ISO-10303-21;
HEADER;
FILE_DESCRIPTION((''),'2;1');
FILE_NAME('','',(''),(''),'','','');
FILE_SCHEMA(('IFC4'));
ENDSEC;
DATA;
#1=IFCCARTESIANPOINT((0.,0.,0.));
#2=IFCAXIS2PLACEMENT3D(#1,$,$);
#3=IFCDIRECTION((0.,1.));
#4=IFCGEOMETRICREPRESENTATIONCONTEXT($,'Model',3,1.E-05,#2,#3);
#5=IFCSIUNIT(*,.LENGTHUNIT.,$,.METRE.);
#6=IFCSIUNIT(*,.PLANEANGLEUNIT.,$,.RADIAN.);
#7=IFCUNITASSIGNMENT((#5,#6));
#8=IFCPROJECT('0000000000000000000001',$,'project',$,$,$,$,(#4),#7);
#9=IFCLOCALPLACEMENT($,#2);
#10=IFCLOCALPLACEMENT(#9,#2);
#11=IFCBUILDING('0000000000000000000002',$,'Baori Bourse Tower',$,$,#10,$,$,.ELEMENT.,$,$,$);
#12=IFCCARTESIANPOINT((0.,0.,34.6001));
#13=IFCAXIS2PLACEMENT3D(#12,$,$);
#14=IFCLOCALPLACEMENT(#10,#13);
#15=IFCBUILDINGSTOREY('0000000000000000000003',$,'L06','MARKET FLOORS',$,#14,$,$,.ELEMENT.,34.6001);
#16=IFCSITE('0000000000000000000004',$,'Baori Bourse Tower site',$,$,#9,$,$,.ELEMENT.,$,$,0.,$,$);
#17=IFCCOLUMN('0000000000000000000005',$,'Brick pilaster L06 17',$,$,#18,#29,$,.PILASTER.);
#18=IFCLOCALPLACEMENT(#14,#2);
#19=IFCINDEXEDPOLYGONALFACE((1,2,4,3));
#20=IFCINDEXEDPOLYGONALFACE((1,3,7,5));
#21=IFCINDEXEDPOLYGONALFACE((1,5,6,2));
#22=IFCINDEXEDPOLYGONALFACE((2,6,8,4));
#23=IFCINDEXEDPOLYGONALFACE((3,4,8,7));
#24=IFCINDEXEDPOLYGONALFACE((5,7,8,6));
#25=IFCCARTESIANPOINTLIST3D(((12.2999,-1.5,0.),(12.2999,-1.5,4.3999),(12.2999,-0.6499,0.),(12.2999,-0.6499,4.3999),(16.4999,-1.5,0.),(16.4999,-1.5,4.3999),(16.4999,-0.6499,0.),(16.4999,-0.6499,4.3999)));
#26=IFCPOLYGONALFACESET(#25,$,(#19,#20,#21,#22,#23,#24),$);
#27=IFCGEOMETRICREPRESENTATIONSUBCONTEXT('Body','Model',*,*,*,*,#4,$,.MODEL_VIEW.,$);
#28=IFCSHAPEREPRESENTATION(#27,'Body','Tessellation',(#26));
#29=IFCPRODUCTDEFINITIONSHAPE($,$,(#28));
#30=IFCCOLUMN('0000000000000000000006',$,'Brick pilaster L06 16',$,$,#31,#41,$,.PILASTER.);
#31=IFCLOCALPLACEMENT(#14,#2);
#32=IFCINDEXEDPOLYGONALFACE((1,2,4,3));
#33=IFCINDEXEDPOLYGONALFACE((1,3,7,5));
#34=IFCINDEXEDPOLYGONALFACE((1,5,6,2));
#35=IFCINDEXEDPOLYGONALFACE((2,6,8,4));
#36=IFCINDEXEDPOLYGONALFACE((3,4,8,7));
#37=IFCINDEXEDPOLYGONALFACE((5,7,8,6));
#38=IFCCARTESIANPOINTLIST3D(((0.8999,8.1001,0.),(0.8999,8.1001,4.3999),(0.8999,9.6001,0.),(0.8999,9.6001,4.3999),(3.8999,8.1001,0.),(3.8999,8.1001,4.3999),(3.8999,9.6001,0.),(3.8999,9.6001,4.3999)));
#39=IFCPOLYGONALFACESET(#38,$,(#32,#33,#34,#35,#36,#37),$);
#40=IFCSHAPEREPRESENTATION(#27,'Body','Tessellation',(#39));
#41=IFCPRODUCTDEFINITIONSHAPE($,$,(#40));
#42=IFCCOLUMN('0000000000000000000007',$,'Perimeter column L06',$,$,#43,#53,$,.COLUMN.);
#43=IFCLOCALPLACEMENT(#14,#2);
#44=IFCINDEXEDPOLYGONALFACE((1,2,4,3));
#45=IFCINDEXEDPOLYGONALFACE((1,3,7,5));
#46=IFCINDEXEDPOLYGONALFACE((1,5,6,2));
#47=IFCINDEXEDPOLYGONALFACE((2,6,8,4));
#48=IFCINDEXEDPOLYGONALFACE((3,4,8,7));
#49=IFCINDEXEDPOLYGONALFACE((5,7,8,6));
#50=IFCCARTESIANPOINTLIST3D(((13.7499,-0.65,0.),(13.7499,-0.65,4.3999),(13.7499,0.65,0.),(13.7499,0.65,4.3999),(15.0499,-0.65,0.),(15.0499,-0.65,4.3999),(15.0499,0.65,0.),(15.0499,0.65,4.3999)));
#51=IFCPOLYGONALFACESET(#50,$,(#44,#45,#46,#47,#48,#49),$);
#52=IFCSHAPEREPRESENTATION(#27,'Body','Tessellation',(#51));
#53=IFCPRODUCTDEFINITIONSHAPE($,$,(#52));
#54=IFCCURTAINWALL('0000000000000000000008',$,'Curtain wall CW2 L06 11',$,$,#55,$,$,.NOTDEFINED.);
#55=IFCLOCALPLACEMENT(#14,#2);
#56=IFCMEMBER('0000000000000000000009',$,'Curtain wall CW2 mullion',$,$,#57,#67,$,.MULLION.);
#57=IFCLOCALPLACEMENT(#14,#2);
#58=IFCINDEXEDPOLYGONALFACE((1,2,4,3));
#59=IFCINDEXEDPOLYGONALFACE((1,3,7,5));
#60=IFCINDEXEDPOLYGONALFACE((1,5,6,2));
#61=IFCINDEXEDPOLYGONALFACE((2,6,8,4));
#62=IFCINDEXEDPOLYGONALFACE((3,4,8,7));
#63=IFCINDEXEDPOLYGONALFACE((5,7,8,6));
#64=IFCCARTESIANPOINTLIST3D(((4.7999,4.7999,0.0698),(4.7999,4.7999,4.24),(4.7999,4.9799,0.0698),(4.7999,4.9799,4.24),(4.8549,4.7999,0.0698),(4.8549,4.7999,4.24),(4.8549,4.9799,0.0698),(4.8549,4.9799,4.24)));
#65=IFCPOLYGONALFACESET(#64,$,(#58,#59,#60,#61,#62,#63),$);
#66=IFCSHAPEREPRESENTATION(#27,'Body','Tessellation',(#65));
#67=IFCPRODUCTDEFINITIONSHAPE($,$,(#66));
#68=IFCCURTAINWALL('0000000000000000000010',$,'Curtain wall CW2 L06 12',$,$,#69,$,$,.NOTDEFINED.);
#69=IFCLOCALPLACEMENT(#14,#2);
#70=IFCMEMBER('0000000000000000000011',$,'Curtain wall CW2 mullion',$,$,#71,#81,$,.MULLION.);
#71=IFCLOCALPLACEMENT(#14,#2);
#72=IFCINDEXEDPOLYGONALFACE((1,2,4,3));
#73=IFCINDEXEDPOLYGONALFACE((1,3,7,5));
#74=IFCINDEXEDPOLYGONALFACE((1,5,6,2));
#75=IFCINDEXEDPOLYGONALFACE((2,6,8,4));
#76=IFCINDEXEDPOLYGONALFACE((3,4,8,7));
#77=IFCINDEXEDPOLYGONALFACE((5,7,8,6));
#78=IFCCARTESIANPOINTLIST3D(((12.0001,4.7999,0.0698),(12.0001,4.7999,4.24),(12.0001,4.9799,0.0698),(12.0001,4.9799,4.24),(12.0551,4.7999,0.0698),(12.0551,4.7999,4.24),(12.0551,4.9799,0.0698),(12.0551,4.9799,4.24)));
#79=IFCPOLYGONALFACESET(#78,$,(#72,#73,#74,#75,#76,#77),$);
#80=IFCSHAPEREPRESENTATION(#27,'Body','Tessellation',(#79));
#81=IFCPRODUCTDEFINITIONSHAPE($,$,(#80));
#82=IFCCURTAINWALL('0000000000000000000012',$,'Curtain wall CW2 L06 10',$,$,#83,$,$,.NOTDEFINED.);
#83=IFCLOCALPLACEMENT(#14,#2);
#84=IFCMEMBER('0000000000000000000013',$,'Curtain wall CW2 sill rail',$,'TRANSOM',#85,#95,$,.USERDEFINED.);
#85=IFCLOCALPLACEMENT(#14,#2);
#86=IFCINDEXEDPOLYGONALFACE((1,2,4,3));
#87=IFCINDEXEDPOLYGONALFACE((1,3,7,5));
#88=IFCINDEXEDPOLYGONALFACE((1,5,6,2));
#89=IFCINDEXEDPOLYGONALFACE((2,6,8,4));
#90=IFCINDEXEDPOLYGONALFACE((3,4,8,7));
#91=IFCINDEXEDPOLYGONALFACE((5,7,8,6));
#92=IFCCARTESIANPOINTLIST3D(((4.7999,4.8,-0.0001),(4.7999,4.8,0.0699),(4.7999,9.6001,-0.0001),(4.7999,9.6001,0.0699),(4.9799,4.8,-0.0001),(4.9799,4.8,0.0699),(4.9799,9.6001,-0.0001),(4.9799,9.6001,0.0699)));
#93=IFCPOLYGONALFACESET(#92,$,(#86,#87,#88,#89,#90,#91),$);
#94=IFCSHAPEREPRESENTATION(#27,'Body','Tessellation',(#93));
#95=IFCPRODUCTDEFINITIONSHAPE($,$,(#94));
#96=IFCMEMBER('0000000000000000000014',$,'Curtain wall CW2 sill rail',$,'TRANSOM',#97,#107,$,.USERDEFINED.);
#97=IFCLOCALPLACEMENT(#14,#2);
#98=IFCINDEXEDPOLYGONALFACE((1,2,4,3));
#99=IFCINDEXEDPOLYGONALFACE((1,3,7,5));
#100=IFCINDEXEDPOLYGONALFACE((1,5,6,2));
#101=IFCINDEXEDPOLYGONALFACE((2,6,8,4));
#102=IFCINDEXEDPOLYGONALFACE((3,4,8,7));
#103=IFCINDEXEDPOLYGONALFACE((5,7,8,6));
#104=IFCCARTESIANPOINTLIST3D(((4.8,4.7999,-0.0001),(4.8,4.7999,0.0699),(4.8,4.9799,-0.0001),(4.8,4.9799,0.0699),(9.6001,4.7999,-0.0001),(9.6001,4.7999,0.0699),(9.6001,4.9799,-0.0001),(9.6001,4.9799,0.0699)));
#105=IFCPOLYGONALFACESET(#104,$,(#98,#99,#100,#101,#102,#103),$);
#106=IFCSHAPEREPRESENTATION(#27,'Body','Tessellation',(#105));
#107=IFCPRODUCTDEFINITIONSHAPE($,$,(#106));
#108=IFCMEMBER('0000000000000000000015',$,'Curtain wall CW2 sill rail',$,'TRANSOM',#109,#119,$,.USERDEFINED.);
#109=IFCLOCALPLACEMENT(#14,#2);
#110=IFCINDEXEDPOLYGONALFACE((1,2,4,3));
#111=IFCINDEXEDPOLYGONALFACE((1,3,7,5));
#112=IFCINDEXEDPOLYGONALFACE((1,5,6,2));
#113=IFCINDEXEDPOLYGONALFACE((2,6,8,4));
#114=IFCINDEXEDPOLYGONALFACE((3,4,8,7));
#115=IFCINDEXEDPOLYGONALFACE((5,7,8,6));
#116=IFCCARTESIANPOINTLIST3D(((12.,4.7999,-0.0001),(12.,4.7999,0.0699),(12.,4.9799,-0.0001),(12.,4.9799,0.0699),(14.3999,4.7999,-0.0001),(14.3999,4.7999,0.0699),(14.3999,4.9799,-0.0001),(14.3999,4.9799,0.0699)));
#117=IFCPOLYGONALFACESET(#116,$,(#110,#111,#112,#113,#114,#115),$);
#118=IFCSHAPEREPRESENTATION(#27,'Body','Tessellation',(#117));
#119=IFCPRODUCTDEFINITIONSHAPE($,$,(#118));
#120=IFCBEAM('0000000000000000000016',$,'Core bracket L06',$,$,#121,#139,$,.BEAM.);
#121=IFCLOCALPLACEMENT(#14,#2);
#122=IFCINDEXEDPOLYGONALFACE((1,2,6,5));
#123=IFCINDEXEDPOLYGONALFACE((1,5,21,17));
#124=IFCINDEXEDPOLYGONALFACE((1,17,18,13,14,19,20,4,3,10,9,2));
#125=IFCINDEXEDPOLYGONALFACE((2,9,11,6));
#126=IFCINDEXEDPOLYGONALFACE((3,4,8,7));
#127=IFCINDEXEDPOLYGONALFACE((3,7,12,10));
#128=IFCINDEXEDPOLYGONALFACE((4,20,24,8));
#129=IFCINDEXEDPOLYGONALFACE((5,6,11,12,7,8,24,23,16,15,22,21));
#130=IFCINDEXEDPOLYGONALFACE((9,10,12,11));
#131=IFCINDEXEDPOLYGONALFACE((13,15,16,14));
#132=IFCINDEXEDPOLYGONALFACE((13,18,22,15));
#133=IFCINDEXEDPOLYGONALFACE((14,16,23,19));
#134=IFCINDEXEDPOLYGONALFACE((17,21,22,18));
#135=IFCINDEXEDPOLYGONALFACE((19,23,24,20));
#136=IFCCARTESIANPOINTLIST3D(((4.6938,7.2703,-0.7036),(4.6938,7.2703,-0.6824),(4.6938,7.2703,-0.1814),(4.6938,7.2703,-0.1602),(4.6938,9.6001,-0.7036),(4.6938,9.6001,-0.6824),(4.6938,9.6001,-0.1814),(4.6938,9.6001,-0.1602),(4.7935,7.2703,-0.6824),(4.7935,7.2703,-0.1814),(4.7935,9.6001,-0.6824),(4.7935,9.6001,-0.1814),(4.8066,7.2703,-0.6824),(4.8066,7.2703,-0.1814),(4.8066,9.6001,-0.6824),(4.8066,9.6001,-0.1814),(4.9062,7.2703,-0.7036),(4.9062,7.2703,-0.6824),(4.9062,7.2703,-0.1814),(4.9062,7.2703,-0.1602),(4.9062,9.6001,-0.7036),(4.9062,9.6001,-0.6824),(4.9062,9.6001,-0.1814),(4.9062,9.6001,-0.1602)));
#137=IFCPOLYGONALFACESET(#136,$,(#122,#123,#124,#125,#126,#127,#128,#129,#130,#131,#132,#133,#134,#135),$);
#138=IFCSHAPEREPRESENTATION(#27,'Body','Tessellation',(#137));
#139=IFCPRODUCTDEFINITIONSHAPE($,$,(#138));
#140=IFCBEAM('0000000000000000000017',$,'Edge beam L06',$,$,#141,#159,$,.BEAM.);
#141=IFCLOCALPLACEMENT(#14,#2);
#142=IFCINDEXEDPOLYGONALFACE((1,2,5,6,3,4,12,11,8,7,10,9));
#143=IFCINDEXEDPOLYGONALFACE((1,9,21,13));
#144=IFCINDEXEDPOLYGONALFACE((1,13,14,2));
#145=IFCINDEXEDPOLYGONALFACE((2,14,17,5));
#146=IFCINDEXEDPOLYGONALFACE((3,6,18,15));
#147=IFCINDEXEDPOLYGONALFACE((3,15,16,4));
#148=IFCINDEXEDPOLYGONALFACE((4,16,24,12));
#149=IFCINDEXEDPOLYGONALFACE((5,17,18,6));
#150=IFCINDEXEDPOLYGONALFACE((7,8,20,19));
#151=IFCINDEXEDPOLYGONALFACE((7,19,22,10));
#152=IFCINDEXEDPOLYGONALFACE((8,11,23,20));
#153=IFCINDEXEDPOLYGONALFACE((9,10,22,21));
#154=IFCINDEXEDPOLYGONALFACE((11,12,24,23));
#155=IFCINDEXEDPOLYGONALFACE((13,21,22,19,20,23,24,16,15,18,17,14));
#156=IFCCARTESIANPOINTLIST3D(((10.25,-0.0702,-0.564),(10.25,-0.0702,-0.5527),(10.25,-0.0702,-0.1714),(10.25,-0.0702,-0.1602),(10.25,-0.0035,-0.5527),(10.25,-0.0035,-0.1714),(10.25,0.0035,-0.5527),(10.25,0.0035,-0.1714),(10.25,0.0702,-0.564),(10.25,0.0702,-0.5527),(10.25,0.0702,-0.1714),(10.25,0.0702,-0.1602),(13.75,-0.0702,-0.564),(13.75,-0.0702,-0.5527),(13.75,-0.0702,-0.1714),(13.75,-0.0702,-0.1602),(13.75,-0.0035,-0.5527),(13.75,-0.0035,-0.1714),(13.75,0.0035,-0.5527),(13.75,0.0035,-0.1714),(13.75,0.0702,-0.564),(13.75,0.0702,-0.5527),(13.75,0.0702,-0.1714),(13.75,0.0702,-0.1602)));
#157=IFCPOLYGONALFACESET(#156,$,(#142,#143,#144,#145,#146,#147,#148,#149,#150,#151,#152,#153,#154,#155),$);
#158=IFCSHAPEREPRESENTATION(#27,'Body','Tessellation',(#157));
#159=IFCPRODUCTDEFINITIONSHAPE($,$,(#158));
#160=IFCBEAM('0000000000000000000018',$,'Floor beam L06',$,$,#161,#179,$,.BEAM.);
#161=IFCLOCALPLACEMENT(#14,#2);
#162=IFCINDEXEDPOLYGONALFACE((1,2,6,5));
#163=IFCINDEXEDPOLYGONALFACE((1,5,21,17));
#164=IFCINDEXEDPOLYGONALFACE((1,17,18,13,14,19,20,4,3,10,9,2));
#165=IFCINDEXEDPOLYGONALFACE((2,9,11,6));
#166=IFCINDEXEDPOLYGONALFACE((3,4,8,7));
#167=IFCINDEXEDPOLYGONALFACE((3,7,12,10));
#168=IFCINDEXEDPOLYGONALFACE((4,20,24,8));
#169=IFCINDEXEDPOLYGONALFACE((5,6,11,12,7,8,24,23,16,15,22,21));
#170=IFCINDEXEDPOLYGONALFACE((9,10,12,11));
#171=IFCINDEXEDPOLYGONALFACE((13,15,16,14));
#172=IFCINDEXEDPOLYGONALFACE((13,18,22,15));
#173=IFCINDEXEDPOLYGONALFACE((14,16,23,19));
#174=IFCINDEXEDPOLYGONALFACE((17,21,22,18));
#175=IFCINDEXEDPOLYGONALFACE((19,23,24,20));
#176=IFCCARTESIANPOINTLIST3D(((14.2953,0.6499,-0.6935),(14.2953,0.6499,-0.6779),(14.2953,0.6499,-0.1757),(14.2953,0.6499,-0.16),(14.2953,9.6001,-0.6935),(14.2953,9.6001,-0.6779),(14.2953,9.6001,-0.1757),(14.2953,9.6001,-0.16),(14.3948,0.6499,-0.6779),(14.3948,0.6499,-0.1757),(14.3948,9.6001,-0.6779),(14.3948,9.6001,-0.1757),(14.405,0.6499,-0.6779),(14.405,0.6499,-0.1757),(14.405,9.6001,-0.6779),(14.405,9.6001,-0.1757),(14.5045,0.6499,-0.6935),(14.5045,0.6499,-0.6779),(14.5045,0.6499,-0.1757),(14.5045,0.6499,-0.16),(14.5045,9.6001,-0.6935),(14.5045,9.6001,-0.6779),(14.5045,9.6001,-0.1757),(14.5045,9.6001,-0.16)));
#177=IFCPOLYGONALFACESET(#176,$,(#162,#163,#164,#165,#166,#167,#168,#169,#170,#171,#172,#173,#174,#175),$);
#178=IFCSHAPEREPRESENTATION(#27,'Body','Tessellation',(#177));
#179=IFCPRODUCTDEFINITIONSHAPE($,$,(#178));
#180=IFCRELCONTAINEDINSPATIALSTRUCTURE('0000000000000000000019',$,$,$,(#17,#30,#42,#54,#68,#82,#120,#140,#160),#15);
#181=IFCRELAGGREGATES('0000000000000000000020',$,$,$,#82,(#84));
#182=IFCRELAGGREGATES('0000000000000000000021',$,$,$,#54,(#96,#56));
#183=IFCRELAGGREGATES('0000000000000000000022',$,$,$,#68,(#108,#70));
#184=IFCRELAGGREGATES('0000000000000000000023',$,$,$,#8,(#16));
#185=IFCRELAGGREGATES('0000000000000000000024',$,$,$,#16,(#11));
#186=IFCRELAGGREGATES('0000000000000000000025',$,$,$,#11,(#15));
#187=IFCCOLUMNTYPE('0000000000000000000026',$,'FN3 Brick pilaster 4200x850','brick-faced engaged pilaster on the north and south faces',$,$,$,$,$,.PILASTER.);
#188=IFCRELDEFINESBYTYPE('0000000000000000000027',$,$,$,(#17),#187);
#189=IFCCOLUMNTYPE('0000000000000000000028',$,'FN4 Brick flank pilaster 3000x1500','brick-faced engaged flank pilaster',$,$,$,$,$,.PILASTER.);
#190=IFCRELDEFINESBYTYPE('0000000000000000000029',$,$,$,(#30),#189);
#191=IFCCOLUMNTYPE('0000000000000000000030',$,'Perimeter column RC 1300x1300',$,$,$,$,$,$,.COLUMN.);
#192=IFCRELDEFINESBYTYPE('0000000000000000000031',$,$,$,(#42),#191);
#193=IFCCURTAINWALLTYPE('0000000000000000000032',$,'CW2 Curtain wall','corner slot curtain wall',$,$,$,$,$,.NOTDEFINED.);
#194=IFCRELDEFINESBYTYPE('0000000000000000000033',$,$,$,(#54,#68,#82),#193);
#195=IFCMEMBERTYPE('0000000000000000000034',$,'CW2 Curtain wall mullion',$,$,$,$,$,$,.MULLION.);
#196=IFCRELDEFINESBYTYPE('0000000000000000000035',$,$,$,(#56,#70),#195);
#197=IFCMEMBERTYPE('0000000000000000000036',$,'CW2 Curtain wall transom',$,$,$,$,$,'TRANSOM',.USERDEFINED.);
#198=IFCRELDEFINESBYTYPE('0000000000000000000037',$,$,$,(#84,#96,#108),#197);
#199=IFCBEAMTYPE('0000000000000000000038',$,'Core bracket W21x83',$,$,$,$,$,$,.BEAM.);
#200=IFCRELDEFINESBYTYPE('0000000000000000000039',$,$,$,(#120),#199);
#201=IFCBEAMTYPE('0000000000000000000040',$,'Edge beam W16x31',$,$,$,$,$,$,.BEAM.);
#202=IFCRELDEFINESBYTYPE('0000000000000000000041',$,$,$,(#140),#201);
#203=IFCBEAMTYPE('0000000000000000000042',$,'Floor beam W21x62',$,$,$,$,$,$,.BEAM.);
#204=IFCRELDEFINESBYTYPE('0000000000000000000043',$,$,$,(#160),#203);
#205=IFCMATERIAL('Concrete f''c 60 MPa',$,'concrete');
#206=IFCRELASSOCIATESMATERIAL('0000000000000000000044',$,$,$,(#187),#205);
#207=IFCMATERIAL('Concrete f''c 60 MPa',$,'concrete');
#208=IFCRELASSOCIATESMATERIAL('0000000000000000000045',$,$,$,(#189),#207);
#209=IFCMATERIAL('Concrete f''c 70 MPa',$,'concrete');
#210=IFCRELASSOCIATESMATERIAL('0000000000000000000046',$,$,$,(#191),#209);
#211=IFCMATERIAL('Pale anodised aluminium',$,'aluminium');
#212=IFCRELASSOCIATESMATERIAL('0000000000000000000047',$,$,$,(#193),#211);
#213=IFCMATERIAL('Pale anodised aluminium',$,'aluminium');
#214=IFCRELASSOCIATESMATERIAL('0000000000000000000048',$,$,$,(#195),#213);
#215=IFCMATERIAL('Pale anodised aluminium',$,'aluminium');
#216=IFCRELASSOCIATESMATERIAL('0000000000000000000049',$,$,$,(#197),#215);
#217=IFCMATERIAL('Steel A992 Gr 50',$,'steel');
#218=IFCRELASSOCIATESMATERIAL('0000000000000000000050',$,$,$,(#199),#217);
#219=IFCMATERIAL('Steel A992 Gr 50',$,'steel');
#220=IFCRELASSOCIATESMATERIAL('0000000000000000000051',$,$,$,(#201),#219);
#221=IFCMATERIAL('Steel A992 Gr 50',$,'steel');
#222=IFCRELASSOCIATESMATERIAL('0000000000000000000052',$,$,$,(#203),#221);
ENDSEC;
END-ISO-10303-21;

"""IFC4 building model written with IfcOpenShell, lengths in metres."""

from ifc_helpers import new_model, si_unit, direction, frame, origin, origin_2d, place, context, subcontext, project, spatial, rectangle, i_section, extrude, material, material_profile, profile_set, type_object, element, aggregate, save


model = new_model("IFC4")

# Units and contexts
model_context = context("Model", 3, precision=1e-05, world=origin(), true_north=direction((0.0, 1.0)))
body_context = subcontext(model_context, "Body", "Model", "MODEL_VIEW")
ifc_project = project(units=[si_unit("LENGTHUNIT", "METRE"), si_unit("PLANEANGLEUNIT", "RADIAN")], contexts=[model_context])

# Site, building, storey
site_placement = place(None, origin())
site = spatial("IfcSite", under=ifc_project, at=site_placement, Name="Baori Bourse Tower site", CompositionType="ELEMENT", RefElevation=0.0)
building_placement = place(site_placement, origin())
building = spatial("IfcBuilding", under=site, at=building_placement, Name="Baori Bourse Tower", CompositionType="ELEMENT")
storey_placement = place(building_placement, frame((0.0, 0.0, 34.6001)))
storey = spatial("IfcBuildingStorey", under=building, at=storey_placement, Name="L06", Description="MARKET FLOORS", CompositionType="ELEMENT", Elevation=34.6001)

# Columns
ifc_material_1 = material(Name="Concrete f'c 60 MPa", Category="concrete")
ifc_material_profile_1 = material_profile(ifc_material_1, rectangle(XDim=4.2, YDim=0.8501, at=origin_2d()), Name="RC 4200x850")
ifc_profile_set_1 = profile_set([ifc_material_profile_1], Name="Concrete f'c 60 MPa")
column_type_1 = type_object("IfcColumnType", Name="FN3 Brick pilaster 4200x850", Description="brick-faced engaged pilaster on the north and south faces", PredefinedType="PILASTER", material=ifc_profile_set_1)
column_1_placement = place(storey_placement, frame((14.3999, -1.075, 0.0), z_axis=(0.0, 0.0, 1.0), x_axis=(1.0, 0.0, 0.0)))
element("IfcColumn", 1, at=column_1_placement, inside=storey, type_object=column_type_1, Name="Brick pilaster L06 17", PredefinedType="PILASTER", context=body_context, shape_type="SweptSolid", body=[
    extrude(rectangle(XDim=4.2, YDim=0.8501, at=origin_2d()), origin(), (0.0, 0.0, 1.0), 4.3999),
])
ifc_material_2 = material(Name="Concrete f'c 60 MPa", Category="concrete")
ifc_material_profile_2 = material_profile(ifc_material_2, rectangle(XDim=3.0, YDim=1.5, at=origin_2d()), Name="RC 3000x1500")
ifc_profile_set_2 = profile_set([ifc_material_profile_2], Name="Concrete f'c 60 MPa")
column_type_2 = type_object("IfcColumnType", Name="FN4 Brick flank pilaster 3000x1500", Description="brick-faced engaged flank pilaster", PredefinedType="PILASTER", material=ifc_profile_set_2)
column_2_placement = place(storey_placement, frame((2.3999, 8.8501, 0.0), z_axis=(0.0, 0.0, 1.0), x_axis=(1.0, 0.0, 0.0)))
element("IfcColumn", 2, at=column_2_placement, inside=storey, type_object=column_type_2, Name="Brick pilaster L06 16", PredefinedType="PILASTER", context=body_context, shape_type="SweptSolid", body=[
    extrude(rectangle(XDim=3.0, YDim=1.5, at=origin_2d()), origin(), (0.0, 0.0, 1.0), 4.3999),
])
ifc_material_3 = material(Name="Concrete f'c 70 MPa", Category="concrete")
ifc_material_profile_3 = material_profile(ifc_material_3, rectangle(XDim=1.3, YDim=1.3, at=origin_2d()), Name="RC 1300x1300")
ifc_profile_set_3 = profile_set([ifc_material_profile_3], Name="Concrete f'c 70 MPa")
column_type_3 = type_object("IfcColumnType", Name="Perimeter column RC 1300x1300", PredefinedType="COLUMN", material=ifc_profile_set_3)
column_3_placement = place(storey_placement, frame((14.3999, 0.0, 0.0), z_axis=(0.0, 0.0, 1.0), x_axis=(1.0, 0.0, 0.0)))
element("IfcColumn", 3, at=column_3_placement, inside=storey, type_object=column_type_3, Name="Perimeter column L06", PredefinedType="COLUMN", context=body_context, shape_type="SweptSolid", body=[
    extrude(rectangle(XDim=1.3, YDim=1.3, at=origin_2d()), origin(), (0.0, 0.0, 1.0), 4.3999),
])

# Curtain walls, members
ifc_material_4 = material(Name="Pale anodised aluminium", Category="aluminium")
curtain_wall_type = type_object("IfcCurtainWallType", Name="CW2 Curtain wall", Description="corner slot curtain wall", PredefinedType="NOTDEFINED", material=ifc_material_4)
curtain_wall_1_placement = place(storey_placement, origin())
curtain_wall_1 = element("IfcCurtainWall", 4, at=curtain_wall_1_placement, inside=storey, type_object=curtain_wall_type, Name="Curtain wall CW2 L06 11", PredefinedType="NOTDEFINED")
ifc_material_5 = material(Name="Pale anodised aluminium", Category="aluminium")
ifc_material_profile_4 = material_profile(ifc_material_5, rectangle(XDim=0.1799, YDim=0.0549, at=origin_2d()), Name="Mullion 55x180")
ifc_profile_set_4 = profile_set([ifc_material_profile_4], Name="Pale anodised aluminium")
member_type_1 = type_object("IfcMemberType", Name="CW2 Curtain wall mullion", PredefinedType="MULLION", material=ifc_profile_set_4)
member_1_placement = place(storey_placement, frame((4.8274, 4.8899, 0.0698), z_axis=(0.0, 0.0, 1.0), x_axis=(0.0, 1.0, 0.0)))
member_1 = element("IfcMember", 5, at=member_1_placement, type_object=member_type_1, Name="Curtain wall CW2 mullion", PredefinedType="MULLION", context=body_context, shape_type="SweptSolid", body=[
    extrude(rectangle(XDim=0.1799, YDim=0.0549, at=origin_2d()), origin(), (0.0, 0.0, 1.0), 4.1702),
])
curtain_wall_2_placement = place(storey_placement, origin())
curtain_wall_2 = element("IfcCurtainWall", 6, at=curtain_wall_2_placement, inside=storey, type_object=curtain_wall_type, Name="Curtain wall CW2 L06 12", PredefinedType="NOTDEFINED")
member_2_placement = place(storey_placement, frame((12.0276, 4.8899, 0.0698), z_axis=(0.0, 0.0, 1.0), x_axis=(0.0, 1.0, 0.0)))
member_2 = element("IfcMember", 7, at=member_2_placement, type_object=member_type_1, Name="Curtain wall CW2 mullion", PredefinedType="MULLION", context=body_context, shape_type="SweptSolid", body=[
    extrude(rectangle(XDim=0.1799, YDim=0.0549, at=origin_2d()), origin(), (0.0, 0.0, 1.0), 4.1702),
])
curtain_wall_3_placement = place(storey_placement, origin())
curtain_wall_3 = element("IfcCurtainWall", 8, at=curtain_wall_3_placement, inside=storey, type_object=curtain_wall_type, Name="Curtain wall CW2 L06 10", PredefinedType="NOTDEFINED")
ifc_material_6 = material(Name="Pale anodised aluminium", Category="aluminium")
ifc_material_profile_5 = material_profile(ifc_material_6, rectangle(XDim=0.1799, YDim=0.0701, at=origin_2d()), Name="Transom 70x180")
ifc_profile_set_5 = profile_set([ifc_material_profile_5], Name="Pale anodised aluminium")
member_type_2 = type_object("IfcMemberType", Name="CW2 Curtain wall transom", ElementType="TRANSOM", PredefinedType="USERDEFINED", material=ifc_profile_set_5)
member_3_placement = place(storey_placement, frame((4.8899, 9.6001, 0.0349), z_axis=(0.0, -1.0, 0.0), x_axis=(1.0, 0.0, 0.0)))
member_3 = element("IfcMember", 9, at=member_3_placement, type_object=member_type_2, Name="Curtain wall CW2 sill rail", ObjectType="TRANSOM", PredefinedType="USERDEFINED", context=body_context, shape_type="SweptSolid", body=[
    extrude(rectangle(XDim=0.1799, YDim=0.0701, at=origin_2d()), origin(), (0.0, 0.0, 1.0), 4.8),
])

# Members
member_4_placement = place(storey_placement, frame((4.8, 4.8899, 0.0349), z_axis=(1.0, 0.0, 0.0), x_axis=(0.0, 1.0, 0.0)))
member_4 = element("IfcMember", 10, at=member_4_placement, type_object=member_type_2, Name="Curtain wall CW2 sill rail", ObjectType="TRANSOM", PredefinedType="USERDEFINED", context=body_context, shape_type="SweptSolid", body=[
    extrude(rectangle(XDim=0.1799, YDim=0.0701, at=origin_2d()), origin(), (0.0, 0.0, 1.0), 4.8),
])
member_5_placement = place(storey_placement, frame((12.0, 4.8899, 0.0349), z_axis=(1.0, 0.0, 0.0), x_axis=(0.0, 1.0, 0.0)))
member_5 = element("IfcMember", 11, at=member_5_placement, type_object=member_type_2, Name="Curtain wall CW2 sill rail", ObjectType="TRANSOM", PredefinedType="USERDEFINED", context=body_context, shape_type="SweptSolid", body=[
    extrude(rectangle(XDim=0.1799, YDim=0.0701, at=origin_2d()), origin(), (0.0, 0.0, 1.0), 2.3999),
])

# Beams
ifc_material_7 = material(Name="Steel A992 Gr 50", Category="steel")
ifc_material_profile_6 = material_profile(ifc_material_7, i_section(OverallWidth=0.2124, OverallDepth=0.5435, WebThickness=0.0132, FlangeThickness=0.0212, at=origin_2d()), Name="W21x83")
ifc_profile_set_6 = profile_set([ifc_material_profile_6], Name="Steel A992 Gr 50")
beam_type_1 = type_object("IfcBeamType", Name="Core bracket W21x83", PredefinedType="BEAM", material=ifc_profile_set_6)
beam_1_placement = place(storey_placement, frame((4.8, 7.2703, -0.4319), z_axis=(0.0, 1.0, 0.0), x_axis=(-1.0, 0.0, 0.0)))
element("IfcBeam", 12, at=beam_1_placement, inside=storey, type_object=beam_type_1, Name="Core bracket L06", PredefinedType="BEAM", context=body_context, shape_type="SweptSolid", body=[
    extrude(i_section(OverallWidth=0.2124, OverallDepth=0.5435, WebThickness=0.0132, FlangeThickness=0.0212, at=origin_2d()), origin(), (0.0, 0.0, 1.0), 2.3298),
])
ifc_material_8 = material(Name="Steel A992 Gr 50", Category="steel")
ifc_material_profile_7 = material_profile(ifc_material_8, i_section(OverallWidth=0.1404, OverallDepth=0.4038, WebThickness=0.0071, FlangeThickness=0.0112, at=origin_2d()), Name="W16x31")
ifc_profile_set_7 = profile_set([ifc_material_profile_7], Name="Steel A992 Gr 50")
beam_type_2 = type_object("IfcBeamType", Name="Edge beam W16x31", PredefinedType="BEAM", material=ifc_profile_set_7)
beam_2_placement = place(storey_placement, frame((10.25, 0.0, -0.3621), z_axis=(1.0, 0.0, 0.0), x_axis=(0.0, 1.0, 0.0)))
element("IfcBeam", 13, at=beam_2_placement, inside=storey, type_object=beam_type_2, Name="Edge beam L06", PredefinedType="BEAM", context=body_context, shape_type="SweptSolid", body=[
    extrude(i_section(OverallWidth=0.1404, OverallDepth=0.4038, WebThickness=0.0071, FlangeThickness=0.0112, at=origin_2d()), origin(), (0.0, 0.0, 1.0), 3.5),
])
ifc_material_9 = material(Name="Steel A992 Gr 50", Category="steel")
ifc_material_profile_8 = material_profile(ifc_material_9, i_section(OverallWidth=0.2092, OverallDepth=0.5334, WebThickness=0.0103, FlangeThickness=0.0156, at=origin_2d()), Name="W21x62")
ifc_profile_set_8 = profile_set([ifc_material_profile_8], Name="Steel A992 Gr 50")
beam_type_3 = type_object("IfcBeamType", Name="Floor beam W21x62", PredefinedType="BEAM", material=ifc_profile_set_8)
beam_3_placement = place(storey_placement, frame((14.3999, 0.6499, -0.4268), z_axis=(0.0, 1.0, 0.0), x_axis=(-1.0, 0.0, 0.0)))
element("IfcBeam", 14, at=beam_3_placement, inside=storey, type_object=beam_type_3, Name="Floor beam L06", PredefinedType="BEAM", context=body_context, shape_type="SweptSolid", body=[
    extrude(i_section(OverallWidth=0.2092, OverallDepth=0.5334, WebThickness=0.0103, FlangeThickness=0.0156, at=origin_2d()), origin(), (0.0, 0.0, 1.0), 8.9502),
])

aggregate(curtain_wall_3, [member_3])
aggregate(curtain_wall_1, [member_4, member_1])
aggregate(curtain_wall_2, [member_5, member_2])

save(model, "model.ifc")
